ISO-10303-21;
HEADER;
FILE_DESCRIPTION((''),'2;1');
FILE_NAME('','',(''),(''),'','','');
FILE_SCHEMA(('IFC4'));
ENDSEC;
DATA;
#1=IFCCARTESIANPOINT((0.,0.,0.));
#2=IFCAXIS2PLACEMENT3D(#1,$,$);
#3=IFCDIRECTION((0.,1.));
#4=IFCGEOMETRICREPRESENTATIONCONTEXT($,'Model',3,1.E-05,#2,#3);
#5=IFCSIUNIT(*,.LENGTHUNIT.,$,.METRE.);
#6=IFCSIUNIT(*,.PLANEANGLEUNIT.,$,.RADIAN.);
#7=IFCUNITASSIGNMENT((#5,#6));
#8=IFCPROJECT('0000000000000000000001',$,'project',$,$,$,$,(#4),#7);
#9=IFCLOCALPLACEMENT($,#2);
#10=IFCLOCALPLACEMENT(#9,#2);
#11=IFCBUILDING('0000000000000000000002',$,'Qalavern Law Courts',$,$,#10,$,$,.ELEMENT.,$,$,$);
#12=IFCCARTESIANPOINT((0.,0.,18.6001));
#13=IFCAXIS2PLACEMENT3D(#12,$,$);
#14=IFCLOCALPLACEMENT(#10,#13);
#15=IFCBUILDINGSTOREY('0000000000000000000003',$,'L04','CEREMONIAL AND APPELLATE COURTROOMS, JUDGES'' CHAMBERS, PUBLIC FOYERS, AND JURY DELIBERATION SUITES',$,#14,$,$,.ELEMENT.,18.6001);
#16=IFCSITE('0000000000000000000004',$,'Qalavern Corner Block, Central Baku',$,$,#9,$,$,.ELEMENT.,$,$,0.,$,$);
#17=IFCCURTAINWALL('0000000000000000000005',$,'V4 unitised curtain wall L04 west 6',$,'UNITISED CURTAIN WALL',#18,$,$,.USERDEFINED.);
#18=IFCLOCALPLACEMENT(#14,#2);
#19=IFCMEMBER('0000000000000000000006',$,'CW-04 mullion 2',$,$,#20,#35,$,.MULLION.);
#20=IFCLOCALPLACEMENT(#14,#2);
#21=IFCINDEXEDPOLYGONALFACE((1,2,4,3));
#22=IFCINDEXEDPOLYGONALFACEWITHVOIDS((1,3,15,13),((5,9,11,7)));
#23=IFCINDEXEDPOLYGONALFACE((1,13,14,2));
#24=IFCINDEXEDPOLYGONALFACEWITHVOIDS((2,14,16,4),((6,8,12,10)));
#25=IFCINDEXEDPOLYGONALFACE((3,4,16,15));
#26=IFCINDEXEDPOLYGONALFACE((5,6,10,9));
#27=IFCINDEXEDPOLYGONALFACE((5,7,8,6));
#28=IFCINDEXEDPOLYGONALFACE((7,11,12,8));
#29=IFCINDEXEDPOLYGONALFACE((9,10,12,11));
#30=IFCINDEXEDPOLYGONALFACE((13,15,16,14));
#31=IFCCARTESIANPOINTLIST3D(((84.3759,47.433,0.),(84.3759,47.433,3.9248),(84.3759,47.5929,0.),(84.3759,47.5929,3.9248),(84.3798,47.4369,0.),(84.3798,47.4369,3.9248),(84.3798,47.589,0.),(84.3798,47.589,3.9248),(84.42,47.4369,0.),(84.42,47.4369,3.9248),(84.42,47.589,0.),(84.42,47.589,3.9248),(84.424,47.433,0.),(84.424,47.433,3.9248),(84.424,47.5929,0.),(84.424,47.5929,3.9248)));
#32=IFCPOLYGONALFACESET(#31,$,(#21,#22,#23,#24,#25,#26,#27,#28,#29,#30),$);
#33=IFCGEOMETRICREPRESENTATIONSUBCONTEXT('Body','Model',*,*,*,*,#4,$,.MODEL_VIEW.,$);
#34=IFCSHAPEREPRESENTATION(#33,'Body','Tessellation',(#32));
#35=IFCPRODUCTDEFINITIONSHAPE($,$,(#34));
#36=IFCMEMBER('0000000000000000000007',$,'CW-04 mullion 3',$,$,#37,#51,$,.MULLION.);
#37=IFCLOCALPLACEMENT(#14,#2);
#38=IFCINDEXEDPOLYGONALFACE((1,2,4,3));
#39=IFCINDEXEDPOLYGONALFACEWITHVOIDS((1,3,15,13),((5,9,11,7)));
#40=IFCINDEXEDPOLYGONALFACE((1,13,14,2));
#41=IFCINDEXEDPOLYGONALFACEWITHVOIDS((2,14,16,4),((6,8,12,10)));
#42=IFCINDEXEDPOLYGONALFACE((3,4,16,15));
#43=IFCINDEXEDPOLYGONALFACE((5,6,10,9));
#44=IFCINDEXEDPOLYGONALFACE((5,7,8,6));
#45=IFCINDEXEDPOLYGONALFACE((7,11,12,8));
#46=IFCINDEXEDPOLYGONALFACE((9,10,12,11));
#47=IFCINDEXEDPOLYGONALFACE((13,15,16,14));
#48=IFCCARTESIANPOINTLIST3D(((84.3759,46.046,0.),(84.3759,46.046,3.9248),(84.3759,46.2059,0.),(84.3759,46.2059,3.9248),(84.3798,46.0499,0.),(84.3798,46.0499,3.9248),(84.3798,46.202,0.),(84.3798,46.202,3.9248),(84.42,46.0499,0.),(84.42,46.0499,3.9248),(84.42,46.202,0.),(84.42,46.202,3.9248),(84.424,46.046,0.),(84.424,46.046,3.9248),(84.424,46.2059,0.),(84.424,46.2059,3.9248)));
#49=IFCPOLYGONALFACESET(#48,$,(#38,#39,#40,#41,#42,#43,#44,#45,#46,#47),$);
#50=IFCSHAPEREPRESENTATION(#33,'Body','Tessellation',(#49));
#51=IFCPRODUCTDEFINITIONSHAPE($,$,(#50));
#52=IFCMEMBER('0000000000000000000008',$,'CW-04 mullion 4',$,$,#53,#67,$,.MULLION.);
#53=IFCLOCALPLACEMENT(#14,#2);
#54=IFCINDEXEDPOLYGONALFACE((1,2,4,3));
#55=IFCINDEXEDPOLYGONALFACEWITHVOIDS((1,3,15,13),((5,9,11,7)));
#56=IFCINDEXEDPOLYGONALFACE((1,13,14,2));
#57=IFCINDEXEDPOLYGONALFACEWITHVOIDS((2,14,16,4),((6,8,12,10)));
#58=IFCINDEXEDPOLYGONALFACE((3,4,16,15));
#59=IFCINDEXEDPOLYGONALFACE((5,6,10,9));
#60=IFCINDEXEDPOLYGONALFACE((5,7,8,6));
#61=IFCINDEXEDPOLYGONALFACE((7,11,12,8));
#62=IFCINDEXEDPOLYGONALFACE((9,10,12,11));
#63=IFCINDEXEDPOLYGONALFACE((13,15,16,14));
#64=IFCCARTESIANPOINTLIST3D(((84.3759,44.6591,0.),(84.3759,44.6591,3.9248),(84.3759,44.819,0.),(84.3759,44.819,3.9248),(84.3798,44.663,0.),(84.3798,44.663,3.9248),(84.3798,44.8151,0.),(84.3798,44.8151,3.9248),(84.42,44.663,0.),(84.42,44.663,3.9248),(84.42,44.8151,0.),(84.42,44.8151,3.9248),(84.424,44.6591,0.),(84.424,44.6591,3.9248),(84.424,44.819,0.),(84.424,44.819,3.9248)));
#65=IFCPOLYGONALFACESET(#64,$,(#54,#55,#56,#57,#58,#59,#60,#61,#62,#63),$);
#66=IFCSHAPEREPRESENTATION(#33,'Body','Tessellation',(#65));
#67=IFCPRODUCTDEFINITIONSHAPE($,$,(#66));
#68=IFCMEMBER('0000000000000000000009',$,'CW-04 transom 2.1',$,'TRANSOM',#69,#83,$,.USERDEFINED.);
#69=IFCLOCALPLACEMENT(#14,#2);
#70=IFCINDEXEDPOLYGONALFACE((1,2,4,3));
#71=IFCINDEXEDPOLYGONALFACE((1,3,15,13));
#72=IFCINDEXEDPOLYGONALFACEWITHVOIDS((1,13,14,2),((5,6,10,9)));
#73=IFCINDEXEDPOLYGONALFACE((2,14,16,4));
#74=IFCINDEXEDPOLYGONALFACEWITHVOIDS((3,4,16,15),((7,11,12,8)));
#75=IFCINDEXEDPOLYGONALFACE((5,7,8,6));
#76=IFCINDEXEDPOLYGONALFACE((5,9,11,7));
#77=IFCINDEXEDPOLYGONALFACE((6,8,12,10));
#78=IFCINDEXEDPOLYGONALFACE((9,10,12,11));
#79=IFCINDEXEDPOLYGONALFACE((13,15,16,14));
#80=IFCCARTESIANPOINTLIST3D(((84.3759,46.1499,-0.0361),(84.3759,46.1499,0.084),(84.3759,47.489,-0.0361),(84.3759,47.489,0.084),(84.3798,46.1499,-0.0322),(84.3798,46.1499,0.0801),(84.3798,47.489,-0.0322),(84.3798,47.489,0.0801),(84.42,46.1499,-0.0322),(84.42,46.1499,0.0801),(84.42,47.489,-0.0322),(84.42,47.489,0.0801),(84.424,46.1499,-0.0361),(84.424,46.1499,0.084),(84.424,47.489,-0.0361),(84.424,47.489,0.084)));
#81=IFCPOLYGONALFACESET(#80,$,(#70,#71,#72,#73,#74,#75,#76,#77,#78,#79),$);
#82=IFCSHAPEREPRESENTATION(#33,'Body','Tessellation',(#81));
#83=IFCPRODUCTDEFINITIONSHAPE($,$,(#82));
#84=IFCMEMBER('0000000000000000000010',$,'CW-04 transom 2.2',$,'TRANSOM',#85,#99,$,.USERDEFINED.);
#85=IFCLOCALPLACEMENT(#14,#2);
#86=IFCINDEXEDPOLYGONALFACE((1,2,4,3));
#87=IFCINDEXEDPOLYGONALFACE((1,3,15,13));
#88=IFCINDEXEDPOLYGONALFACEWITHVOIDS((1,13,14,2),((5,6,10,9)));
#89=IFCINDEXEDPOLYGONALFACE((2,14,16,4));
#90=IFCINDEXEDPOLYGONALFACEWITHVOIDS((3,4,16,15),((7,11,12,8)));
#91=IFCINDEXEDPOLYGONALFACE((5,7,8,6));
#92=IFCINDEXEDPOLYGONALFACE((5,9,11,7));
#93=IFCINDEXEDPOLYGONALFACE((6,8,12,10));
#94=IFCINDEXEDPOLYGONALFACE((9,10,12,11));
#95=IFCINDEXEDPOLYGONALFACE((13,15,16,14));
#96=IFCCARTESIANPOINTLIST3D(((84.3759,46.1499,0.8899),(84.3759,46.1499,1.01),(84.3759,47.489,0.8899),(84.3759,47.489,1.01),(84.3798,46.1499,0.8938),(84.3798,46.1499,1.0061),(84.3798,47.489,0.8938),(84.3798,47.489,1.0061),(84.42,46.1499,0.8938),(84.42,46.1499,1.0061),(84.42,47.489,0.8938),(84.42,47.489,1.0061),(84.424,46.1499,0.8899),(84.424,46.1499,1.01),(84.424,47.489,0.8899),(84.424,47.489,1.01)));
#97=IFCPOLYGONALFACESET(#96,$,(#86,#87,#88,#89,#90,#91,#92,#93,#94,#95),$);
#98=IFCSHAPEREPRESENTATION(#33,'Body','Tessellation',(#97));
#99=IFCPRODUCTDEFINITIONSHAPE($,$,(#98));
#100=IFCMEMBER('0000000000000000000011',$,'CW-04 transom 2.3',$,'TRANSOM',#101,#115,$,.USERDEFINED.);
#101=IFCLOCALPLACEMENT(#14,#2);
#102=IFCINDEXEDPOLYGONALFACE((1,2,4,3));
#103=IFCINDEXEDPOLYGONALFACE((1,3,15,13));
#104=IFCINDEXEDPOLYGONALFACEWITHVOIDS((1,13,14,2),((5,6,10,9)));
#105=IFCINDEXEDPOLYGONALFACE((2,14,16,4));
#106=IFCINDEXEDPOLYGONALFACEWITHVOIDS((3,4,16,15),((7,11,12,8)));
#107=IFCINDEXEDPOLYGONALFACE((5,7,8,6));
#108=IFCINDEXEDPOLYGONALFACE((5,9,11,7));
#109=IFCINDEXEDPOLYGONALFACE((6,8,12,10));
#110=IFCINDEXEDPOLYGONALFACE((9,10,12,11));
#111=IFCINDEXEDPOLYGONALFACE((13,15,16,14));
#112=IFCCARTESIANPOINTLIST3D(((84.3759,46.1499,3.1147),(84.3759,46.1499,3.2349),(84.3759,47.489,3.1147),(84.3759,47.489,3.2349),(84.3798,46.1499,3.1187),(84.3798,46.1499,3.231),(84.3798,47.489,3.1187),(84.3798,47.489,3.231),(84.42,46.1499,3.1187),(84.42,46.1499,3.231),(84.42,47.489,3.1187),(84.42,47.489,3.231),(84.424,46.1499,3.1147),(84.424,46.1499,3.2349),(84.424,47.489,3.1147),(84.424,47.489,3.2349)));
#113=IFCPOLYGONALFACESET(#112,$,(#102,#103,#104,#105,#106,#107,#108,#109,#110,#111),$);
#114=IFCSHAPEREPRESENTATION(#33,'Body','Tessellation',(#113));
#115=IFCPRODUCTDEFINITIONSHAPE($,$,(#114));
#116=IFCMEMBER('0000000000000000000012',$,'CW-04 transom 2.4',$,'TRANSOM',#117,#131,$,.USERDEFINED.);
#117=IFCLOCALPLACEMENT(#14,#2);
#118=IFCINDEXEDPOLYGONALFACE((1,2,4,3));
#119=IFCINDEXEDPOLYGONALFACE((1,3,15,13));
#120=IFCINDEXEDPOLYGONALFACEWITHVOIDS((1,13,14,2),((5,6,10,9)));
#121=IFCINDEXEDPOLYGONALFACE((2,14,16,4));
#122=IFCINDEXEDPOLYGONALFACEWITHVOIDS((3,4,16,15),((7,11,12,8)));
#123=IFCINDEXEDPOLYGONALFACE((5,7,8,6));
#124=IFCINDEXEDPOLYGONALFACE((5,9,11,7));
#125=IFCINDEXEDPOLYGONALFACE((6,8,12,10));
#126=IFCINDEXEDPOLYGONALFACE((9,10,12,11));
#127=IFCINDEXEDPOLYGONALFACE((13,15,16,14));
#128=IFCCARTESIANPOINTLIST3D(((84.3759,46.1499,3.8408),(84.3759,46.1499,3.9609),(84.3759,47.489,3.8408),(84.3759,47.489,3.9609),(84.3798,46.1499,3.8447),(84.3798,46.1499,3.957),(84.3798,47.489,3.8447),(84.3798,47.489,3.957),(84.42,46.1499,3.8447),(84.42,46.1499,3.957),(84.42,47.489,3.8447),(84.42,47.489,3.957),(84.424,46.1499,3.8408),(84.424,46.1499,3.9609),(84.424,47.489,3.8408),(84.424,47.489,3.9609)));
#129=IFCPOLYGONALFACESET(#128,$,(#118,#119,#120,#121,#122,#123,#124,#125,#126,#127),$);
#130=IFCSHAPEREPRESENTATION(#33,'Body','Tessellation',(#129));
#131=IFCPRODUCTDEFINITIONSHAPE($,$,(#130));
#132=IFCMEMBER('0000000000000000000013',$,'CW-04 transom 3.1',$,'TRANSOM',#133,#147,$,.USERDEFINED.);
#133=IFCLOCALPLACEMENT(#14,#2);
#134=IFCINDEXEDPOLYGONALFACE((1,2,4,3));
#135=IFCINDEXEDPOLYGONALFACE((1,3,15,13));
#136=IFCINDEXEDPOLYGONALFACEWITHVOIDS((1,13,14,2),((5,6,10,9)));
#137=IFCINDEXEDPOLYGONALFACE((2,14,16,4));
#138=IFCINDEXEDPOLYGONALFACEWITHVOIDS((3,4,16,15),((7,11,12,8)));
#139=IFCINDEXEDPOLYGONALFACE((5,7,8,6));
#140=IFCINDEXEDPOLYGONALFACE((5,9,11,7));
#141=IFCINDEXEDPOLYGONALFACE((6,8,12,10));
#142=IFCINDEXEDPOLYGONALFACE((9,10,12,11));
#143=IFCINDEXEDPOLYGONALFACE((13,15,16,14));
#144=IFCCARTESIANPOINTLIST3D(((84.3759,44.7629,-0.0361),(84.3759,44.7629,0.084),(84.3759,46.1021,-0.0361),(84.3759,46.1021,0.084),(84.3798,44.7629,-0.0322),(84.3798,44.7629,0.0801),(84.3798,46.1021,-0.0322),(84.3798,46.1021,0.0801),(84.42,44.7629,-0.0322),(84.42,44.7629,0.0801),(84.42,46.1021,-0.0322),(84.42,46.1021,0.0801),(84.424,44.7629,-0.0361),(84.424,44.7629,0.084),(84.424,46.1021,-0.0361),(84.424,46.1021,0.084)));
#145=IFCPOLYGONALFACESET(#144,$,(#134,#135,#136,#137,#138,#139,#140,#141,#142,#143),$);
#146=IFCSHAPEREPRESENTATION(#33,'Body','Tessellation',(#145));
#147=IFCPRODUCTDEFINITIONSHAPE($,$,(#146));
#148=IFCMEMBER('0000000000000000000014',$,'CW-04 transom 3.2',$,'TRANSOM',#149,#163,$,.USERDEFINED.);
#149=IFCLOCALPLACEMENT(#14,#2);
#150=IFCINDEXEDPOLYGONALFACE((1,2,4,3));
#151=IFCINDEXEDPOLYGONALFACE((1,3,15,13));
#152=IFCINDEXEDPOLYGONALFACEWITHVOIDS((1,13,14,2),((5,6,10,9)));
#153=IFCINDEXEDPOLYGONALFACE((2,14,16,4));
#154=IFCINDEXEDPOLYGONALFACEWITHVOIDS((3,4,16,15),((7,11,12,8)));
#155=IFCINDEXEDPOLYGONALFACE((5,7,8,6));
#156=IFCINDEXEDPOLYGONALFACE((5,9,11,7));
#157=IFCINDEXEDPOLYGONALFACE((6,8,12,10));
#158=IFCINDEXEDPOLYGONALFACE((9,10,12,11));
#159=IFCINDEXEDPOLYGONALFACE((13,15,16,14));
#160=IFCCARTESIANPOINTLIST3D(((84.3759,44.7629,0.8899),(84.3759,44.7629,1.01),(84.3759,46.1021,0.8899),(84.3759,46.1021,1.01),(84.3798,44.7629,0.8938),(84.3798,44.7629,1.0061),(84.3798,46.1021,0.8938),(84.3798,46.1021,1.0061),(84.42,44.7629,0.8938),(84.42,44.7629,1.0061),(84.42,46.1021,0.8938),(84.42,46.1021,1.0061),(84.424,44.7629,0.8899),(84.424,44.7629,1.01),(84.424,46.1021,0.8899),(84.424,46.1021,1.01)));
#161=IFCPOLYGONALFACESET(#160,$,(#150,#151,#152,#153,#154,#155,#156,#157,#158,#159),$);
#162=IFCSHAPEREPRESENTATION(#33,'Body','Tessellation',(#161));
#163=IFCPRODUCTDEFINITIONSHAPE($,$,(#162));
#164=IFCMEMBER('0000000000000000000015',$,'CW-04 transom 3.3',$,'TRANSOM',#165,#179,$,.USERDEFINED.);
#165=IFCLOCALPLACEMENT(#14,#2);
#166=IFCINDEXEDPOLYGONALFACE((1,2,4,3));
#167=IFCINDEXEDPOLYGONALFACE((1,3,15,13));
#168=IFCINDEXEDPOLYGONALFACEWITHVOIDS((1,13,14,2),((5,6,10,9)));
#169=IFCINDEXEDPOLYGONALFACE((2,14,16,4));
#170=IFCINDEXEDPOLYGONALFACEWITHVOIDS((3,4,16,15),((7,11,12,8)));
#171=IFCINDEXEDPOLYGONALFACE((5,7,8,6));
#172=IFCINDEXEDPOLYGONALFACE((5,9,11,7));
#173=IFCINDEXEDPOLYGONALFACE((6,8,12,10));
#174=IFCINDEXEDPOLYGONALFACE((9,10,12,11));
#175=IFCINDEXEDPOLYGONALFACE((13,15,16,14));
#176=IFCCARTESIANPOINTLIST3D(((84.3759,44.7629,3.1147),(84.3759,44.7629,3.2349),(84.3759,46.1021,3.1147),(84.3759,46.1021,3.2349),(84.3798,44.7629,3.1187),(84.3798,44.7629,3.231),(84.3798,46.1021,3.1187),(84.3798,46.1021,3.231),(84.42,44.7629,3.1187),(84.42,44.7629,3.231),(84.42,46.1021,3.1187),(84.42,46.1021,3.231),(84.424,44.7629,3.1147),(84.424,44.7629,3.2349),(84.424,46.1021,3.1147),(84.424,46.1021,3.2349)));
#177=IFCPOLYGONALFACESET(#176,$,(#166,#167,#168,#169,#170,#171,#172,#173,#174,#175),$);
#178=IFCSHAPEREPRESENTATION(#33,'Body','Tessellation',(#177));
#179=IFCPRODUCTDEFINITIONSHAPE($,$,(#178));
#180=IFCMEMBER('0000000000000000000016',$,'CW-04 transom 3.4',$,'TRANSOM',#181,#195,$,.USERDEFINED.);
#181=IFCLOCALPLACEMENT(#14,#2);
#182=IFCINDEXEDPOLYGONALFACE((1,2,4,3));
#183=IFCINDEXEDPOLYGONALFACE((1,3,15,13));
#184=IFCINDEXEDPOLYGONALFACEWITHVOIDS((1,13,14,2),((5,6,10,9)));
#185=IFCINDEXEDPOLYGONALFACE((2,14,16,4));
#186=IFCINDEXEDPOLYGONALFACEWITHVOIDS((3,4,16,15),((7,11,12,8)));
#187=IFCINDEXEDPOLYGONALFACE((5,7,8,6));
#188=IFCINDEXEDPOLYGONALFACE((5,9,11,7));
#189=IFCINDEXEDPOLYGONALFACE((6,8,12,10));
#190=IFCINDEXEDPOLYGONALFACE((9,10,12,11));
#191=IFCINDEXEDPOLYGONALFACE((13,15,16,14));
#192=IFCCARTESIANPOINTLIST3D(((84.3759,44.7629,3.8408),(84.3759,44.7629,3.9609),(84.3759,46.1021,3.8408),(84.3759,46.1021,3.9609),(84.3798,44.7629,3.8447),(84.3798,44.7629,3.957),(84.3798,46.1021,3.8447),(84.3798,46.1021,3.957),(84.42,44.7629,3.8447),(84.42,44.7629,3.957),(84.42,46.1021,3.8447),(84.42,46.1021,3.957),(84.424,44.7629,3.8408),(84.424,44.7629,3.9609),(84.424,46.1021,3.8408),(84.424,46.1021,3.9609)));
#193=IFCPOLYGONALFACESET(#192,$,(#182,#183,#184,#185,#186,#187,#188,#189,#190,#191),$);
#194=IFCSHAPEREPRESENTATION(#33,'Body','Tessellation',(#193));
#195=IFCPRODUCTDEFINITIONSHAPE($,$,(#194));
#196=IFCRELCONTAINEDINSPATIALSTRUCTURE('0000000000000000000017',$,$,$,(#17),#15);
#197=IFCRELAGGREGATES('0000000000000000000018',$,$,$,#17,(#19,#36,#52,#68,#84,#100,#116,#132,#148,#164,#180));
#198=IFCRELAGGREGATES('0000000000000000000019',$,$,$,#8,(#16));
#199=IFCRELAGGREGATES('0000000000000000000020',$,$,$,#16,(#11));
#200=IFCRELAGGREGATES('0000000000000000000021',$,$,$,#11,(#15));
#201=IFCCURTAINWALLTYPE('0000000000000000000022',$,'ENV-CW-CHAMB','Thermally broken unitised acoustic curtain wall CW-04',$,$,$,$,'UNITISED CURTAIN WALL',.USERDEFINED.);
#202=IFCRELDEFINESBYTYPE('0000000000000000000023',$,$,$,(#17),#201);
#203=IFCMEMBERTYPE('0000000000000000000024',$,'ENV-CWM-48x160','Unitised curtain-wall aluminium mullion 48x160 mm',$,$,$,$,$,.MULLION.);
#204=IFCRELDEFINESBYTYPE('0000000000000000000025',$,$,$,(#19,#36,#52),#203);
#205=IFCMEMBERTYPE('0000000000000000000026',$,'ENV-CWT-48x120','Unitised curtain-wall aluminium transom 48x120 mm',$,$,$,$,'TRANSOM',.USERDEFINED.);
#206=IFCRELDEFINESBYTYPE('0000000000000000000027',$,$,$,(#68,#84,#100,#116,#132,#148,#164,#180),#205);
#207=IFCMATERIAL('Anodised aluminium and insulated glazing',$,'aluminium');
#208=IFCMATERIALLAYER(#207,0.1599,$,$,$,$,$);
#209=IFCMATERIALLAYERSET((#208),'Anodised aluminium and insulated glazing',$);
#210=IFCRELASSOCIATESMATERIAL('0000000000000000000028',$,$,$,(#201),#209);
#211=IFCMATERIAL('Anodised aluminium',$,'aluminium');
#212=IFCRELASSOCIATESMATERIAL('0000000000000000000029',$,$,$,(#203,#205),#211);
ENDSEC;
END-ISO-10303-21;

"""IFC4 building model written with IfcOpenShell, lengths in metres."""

from ifc_helpers import new_model, si_unit, direction, frame, origin, origin_2d, place, context, subcontext, project, spatial, hollow_rectangle, extrude, material, layer, layer_set, material_profile, profile_set, type_object, element, aggregate, save


model = new_model("IFC4")

# Units and contexts
model_context = context("Model", 3, precision=1e-05, world=origin(), true_north=direction((0.0, 1.0)))
body_context = subcontext(model_context, "Body", "Model", "MODEL_VIEW")
ifc_project = project(units=[si_unit("LENGTHUNIT", "METRE"), si_unit("PLANEANGLEUNIT", "RADIAN")], contexts=[model_context])

# Site, building, storey
site_placement = place(None, origin())
site = spatial("IfcSite", under=ifc_project, at=site_placement, Name="Qalavern Corner Block, Central Baku", CompositionType="ELEMENT", RefElevation=0.0)
building_placement = place(site_placement, origin())
building = spatial("IfcBuilding", under=site, at=building_placement, Name="Qalavern Law Courts", CompositionType="ELEMENT")
storey_placement = place(building_placement, frame((0.0, 0.0, 18.6001)))
storey = spatial("IfcBuildingStorey", under=building, at=storey_placement, Name="L04", Description="CEREMONIAL AND APPELLATE COURTROOMS, JUDGES' CHAMBERS, PUBLIC FOYERS, AND JURY DELIBERATION SUITES", CompositionType="ELEMENT", Elevation=18.6001)

# Curtain wall, members
ifc_material_1 = material(Name="Anodised aluminium and insulated glazing", Category="aluminium")
ifc_layer_1 = layer(ifc_material_1, 0.1599)
ifc_layer_set_1 = layer_set([ifc_layer_1], Name="Anodised aluminium and insulated glazing")
curtain_wall_type = type_object("IfcCurtainWallType", Name="ENV-CW-CHAMB", Description="Thermally broken unitised acoustic curtain wall CW-04", ElementType="UNITISED CURTAIN WALL", PredefinedType="USERDEFINED", material=ifc_layer_set_1)
curtain_wall_placement = place(storey_placement, origin())
curtain_wall = element("IfcCurtainWall", 1, at=curtain_wall_placement, inside=storey, type_object=curtain_wall_type, Name="V4 unitised curtain wall L04 west 6", ObjectType="UNITISED CURTAIN WALL", PredefinedType="USERDEFINED")
ifc_material_2 = material(Name="Anodised aluminium", Category="aluminium")
ifc_material_profile_1 = material_profile(ifc_material_2, hollow_rectangle(XDim=0.0481, YDim=0.1599, WallThickness=0.0039, at=origin_2d()), Name="ALU MULLION 48x160")
ifc_profile_set_1 = profile_set([ifc_material_profile_1], Name="Anodised aluminium")
member_type_1 = type_object("IfcMemberType", Name="ENV-CWM-48x160", Description="Unitised curtain-wall aluminium mullion 48x160 mm", PredefinedType="MULLION", material=ifc_profile_set_1)
member_1_placement = place(storey_placement, frame((84.3999, 47.5129, 0.0), z_axis=(0.0, 0.0, 1.0), x_axis=(1.0, 0.0, 0.0)))
member_1 = element("IfcMember", 2, at=member_1_placement, type_object=member_type_1, Name="CW-04 mullion 2", PredefinedType="MULLION", context=body_context, shape_type="SweptSolid", body=[
    extrude(hollow_rectangle(XDim=0.0481, YDim=0.1599, WallThickness=0.0039, at=origin_2d()), origin(), (0.0, 0.0, 1.0), 3.9248),
])
member_2_placement = place(storey_placement, frame((84.3999, 46.126, 0.0), z_axis=(0.0, 0.0, 1.0), x_axis=(1.0, 0.0, 0.0)))
member_2 = element("IfcMember", 3, at=member_2_placement, type_object=member_type_1, Name="CW-04 mullion 3", PredefinedType="MULLION", context=body_context, shape_type="SweptSolid", body=[
    extrude(hollow_rectangle(XDim=0.0481, YDim=0.1599, WallThickness=0.0039, at=origin_2d()), origin(), (0.0, 0.0, 1.0), 3.9248),
])
member_3_placement = place(storey_placement, frame((84.3999, 44.739, 0.0), z_axis=(0.0, 0.0, 1.0), x_axis=(1.0, 0.0, 0.0)))
member_3 = element("IfcMember", 4, at=member_3_placement, type_object=member_type_1, Name="CW-04 mullion 4", PredefinedType="MULLION", context=body_context, shape_type="SweptSolid", body=[
    extrude(hollow_rectangle(XDim=0.0481, YDim=0.1599, WallThickness=0.0039, at=origin_2d()), origin(), (0.0, 0.0, 1.0), 3.9248),
])
ifc_material_profile_2 = material_profile(ifc_material_2, hollow_rectangle(XDim=0.0481, YDim=0.1201, WallThickness=0.0039, at=origin_2d()), Name="ALU TRANSOM 48x120")
ifc_profile_set_2 = profile_set([ifc_material_profile_2], Name="Anodised aluminium")
member_type_2 = type_object("IfcMemberType", Name="ENV-CWT-48x120", Description="Unitised curtain-wall aluminium transom 48x120 mm", ElementType="TRANSOM", PredefinedType="USERDEFINED", material=ifc_profile_set_2)
member_4_placement = place(storey_placement, frame((84.3999, 47.489, 0.0239), z_axis=(0.0, -1.0, 0.0), x_axis=(1.0, 0.0, 0.0)))
member_4 = element("IfcMember", 5, at=member_4_placement, type_object=member_type_2, Name="CW-04 transom 2.1", ObjectType="TRANSOM", PredefinedType="USERDEFINED", context=body_context, shape_type="SweptSolid", body=[
    extrude(hollow_rectangle(XDim=0.0481, YDim=0.1201, WallThickness=0.0039, at=origin_2d()), origin(), (0.0, 0.0, 1.0), 1.3391),
])
member_5_placement = place(storey_placement, frame((84.3999, 47.489, 0.95), z_axis=(0.0, -1.0, 0.0), x_axis=(1.0, 0.0, 0.0)))
member_5 = element("IfcMember", 6, at=member_5_placement, type_object=member_type_2, Name="CW-04 transom 2.2", ObjectType="TRANSOM", PredefinedType="USERDEFINED", context=body_context, shape_type="SweptSolid", body=[
    extrude(hollow_rectangle(XDim=0.0481, YDim=0.1201, WallThickness=0.0039, at=origin_2d()), origin(), (0.0, 0.0, 1.0), 1.3391),
])
member_6_placement = place(storey_placement, frame((84.3999, 47.489, 3.1748), z_axis=(0.0, -1.0, 0.0), x_axis=(1.0, 0.0, 0.0)))
member_6 = element("IfcMember", 7, at=member_6_placement, type_object=member_type_2, Name="CW-04 transom 2.3", ObjectType="TRANSOM", PredefinedType="USERDEFINED", context=body_context, shape_type="SweptSolid", body=[
    extrude(hollow_rectangle(XDim=0.0481, YDim=0.1201, WallThickness=0.0039, at=origin_2d()), origin(), (0.0, 0.0, 1.0), 1.3391),
])
member_7_placement = place(storey_placement, frame((84.3999, 47.489, 3.9009), z_axis=(0.0, -1.0, 0.0), x_axis=(1.0, 0.0, 0.0)))
member_7 = element("IfcMember", 8, at=member_7_placement, type_object=member_type_2, Name="CW-04 transom 2.4", ObjectType="TRANSOM", PredefinedType="USERDEFINED", context=body_context, shape_type="SweptSolid", body=[
    extrude(hollow_rectangle(XDim=0.0481, YDim=0.1201, WallThickness=0.0039, at=origin_2d()), origin(), (0.0, 0.0, 1.0), 1.3391),
])
member_8_placement = place(storey_placement, frame((84.3999, 46.1021, 0.0239), z_axis=(0.0, -1.0, 0.0), x_axis=(1.0, 0.0, 0.0)))
member_8 = element("IfcMember", 9, at=member_8_placement, type_object=member_type_2, Name="CW-04 transom 3.1", ObjectType="TRANSOM", PredefinedType="USERDEFINED", context=body_context, shape_type="SweptSolid", body=[
    extrude(hollow_rectangle(XDim=0.0481, YDim=0.1201, WallThickness=0.0039, at=origin_2d()), origin(), (0.0, 0.0, 1.0), 1.3391),
])
member_9_placement = place(storey_placement, frame((84.3999, 46.1021, 0.95), z_axis=(0.0, -1.0, 0.0), x_axis=(1.0, 0.0, 0.0)))
member_9 = element("IfcMember", 10, at=member_9_placement, type_object=member_type_2, Name="CW-04 transom 3.2", ObjectType="TRANSOM", PredefinedType="USERDEFINED", context=body_context, shape_type="SweptSolid", body=[
    extrude(hollow_rectangle(XDim=0.0481, YDim=0.1201, WallThickness=0.0039, at=origin_2d()), origin(), (0.0, 0.0, 1.0), 1.3391),
])
member_10_placement = place(storey_placement, frame((84.3999, 46.1021, 3.1748), z_axis=(0.0, -1.0, 0.0), x_axis=(1.0, 0.0, 0.0)))
member_10 = element("IfcMember", 11, at=member_10_placement, type_object=member_type_2, Name="CW-04 transom 3.3", ObjectType="TRANSOM", PredefinedType="USERDEFINED", context=body_context, shape_type="SweptSolid", body=[
    extrude(hollow_rectangle(XDim=0.0481, YDim=0.1201, WallThickness=0.0039, at=origin_2d()), origin(), (0.0, 0.0, 1.0), 1.3391),
])
member_11_placement = place(storey_placement, frame((84.3999, 46.1021, 3.9009), z_axis=(0.0, -1.0, 0.0), x_axis=(1.0, 0.0, 0.0)))
member_11 = element("IfcMember", 12, at=member_11_placement, type_object=member_type_2, Name="CW-04 transom 3.4", ObjectType="TRANSOM", PredefinedType="USERDEFINED", context=body_context, shape_type="SweptSolid", body=[
    extrude(hollow_rectangle(XDim=0.0481, YDim=0.1201, WallThickness=0.0039, at=origin_2d()), origin(), (0.0, 0.0, 1.0), 1.3391),
])
aggregate(curtain_wall, [member_1, member_2, member_3, member_4, member_5, member_6, member_7, member_8, member_9, member_10, member_11])

save(model, "model.ifc")
